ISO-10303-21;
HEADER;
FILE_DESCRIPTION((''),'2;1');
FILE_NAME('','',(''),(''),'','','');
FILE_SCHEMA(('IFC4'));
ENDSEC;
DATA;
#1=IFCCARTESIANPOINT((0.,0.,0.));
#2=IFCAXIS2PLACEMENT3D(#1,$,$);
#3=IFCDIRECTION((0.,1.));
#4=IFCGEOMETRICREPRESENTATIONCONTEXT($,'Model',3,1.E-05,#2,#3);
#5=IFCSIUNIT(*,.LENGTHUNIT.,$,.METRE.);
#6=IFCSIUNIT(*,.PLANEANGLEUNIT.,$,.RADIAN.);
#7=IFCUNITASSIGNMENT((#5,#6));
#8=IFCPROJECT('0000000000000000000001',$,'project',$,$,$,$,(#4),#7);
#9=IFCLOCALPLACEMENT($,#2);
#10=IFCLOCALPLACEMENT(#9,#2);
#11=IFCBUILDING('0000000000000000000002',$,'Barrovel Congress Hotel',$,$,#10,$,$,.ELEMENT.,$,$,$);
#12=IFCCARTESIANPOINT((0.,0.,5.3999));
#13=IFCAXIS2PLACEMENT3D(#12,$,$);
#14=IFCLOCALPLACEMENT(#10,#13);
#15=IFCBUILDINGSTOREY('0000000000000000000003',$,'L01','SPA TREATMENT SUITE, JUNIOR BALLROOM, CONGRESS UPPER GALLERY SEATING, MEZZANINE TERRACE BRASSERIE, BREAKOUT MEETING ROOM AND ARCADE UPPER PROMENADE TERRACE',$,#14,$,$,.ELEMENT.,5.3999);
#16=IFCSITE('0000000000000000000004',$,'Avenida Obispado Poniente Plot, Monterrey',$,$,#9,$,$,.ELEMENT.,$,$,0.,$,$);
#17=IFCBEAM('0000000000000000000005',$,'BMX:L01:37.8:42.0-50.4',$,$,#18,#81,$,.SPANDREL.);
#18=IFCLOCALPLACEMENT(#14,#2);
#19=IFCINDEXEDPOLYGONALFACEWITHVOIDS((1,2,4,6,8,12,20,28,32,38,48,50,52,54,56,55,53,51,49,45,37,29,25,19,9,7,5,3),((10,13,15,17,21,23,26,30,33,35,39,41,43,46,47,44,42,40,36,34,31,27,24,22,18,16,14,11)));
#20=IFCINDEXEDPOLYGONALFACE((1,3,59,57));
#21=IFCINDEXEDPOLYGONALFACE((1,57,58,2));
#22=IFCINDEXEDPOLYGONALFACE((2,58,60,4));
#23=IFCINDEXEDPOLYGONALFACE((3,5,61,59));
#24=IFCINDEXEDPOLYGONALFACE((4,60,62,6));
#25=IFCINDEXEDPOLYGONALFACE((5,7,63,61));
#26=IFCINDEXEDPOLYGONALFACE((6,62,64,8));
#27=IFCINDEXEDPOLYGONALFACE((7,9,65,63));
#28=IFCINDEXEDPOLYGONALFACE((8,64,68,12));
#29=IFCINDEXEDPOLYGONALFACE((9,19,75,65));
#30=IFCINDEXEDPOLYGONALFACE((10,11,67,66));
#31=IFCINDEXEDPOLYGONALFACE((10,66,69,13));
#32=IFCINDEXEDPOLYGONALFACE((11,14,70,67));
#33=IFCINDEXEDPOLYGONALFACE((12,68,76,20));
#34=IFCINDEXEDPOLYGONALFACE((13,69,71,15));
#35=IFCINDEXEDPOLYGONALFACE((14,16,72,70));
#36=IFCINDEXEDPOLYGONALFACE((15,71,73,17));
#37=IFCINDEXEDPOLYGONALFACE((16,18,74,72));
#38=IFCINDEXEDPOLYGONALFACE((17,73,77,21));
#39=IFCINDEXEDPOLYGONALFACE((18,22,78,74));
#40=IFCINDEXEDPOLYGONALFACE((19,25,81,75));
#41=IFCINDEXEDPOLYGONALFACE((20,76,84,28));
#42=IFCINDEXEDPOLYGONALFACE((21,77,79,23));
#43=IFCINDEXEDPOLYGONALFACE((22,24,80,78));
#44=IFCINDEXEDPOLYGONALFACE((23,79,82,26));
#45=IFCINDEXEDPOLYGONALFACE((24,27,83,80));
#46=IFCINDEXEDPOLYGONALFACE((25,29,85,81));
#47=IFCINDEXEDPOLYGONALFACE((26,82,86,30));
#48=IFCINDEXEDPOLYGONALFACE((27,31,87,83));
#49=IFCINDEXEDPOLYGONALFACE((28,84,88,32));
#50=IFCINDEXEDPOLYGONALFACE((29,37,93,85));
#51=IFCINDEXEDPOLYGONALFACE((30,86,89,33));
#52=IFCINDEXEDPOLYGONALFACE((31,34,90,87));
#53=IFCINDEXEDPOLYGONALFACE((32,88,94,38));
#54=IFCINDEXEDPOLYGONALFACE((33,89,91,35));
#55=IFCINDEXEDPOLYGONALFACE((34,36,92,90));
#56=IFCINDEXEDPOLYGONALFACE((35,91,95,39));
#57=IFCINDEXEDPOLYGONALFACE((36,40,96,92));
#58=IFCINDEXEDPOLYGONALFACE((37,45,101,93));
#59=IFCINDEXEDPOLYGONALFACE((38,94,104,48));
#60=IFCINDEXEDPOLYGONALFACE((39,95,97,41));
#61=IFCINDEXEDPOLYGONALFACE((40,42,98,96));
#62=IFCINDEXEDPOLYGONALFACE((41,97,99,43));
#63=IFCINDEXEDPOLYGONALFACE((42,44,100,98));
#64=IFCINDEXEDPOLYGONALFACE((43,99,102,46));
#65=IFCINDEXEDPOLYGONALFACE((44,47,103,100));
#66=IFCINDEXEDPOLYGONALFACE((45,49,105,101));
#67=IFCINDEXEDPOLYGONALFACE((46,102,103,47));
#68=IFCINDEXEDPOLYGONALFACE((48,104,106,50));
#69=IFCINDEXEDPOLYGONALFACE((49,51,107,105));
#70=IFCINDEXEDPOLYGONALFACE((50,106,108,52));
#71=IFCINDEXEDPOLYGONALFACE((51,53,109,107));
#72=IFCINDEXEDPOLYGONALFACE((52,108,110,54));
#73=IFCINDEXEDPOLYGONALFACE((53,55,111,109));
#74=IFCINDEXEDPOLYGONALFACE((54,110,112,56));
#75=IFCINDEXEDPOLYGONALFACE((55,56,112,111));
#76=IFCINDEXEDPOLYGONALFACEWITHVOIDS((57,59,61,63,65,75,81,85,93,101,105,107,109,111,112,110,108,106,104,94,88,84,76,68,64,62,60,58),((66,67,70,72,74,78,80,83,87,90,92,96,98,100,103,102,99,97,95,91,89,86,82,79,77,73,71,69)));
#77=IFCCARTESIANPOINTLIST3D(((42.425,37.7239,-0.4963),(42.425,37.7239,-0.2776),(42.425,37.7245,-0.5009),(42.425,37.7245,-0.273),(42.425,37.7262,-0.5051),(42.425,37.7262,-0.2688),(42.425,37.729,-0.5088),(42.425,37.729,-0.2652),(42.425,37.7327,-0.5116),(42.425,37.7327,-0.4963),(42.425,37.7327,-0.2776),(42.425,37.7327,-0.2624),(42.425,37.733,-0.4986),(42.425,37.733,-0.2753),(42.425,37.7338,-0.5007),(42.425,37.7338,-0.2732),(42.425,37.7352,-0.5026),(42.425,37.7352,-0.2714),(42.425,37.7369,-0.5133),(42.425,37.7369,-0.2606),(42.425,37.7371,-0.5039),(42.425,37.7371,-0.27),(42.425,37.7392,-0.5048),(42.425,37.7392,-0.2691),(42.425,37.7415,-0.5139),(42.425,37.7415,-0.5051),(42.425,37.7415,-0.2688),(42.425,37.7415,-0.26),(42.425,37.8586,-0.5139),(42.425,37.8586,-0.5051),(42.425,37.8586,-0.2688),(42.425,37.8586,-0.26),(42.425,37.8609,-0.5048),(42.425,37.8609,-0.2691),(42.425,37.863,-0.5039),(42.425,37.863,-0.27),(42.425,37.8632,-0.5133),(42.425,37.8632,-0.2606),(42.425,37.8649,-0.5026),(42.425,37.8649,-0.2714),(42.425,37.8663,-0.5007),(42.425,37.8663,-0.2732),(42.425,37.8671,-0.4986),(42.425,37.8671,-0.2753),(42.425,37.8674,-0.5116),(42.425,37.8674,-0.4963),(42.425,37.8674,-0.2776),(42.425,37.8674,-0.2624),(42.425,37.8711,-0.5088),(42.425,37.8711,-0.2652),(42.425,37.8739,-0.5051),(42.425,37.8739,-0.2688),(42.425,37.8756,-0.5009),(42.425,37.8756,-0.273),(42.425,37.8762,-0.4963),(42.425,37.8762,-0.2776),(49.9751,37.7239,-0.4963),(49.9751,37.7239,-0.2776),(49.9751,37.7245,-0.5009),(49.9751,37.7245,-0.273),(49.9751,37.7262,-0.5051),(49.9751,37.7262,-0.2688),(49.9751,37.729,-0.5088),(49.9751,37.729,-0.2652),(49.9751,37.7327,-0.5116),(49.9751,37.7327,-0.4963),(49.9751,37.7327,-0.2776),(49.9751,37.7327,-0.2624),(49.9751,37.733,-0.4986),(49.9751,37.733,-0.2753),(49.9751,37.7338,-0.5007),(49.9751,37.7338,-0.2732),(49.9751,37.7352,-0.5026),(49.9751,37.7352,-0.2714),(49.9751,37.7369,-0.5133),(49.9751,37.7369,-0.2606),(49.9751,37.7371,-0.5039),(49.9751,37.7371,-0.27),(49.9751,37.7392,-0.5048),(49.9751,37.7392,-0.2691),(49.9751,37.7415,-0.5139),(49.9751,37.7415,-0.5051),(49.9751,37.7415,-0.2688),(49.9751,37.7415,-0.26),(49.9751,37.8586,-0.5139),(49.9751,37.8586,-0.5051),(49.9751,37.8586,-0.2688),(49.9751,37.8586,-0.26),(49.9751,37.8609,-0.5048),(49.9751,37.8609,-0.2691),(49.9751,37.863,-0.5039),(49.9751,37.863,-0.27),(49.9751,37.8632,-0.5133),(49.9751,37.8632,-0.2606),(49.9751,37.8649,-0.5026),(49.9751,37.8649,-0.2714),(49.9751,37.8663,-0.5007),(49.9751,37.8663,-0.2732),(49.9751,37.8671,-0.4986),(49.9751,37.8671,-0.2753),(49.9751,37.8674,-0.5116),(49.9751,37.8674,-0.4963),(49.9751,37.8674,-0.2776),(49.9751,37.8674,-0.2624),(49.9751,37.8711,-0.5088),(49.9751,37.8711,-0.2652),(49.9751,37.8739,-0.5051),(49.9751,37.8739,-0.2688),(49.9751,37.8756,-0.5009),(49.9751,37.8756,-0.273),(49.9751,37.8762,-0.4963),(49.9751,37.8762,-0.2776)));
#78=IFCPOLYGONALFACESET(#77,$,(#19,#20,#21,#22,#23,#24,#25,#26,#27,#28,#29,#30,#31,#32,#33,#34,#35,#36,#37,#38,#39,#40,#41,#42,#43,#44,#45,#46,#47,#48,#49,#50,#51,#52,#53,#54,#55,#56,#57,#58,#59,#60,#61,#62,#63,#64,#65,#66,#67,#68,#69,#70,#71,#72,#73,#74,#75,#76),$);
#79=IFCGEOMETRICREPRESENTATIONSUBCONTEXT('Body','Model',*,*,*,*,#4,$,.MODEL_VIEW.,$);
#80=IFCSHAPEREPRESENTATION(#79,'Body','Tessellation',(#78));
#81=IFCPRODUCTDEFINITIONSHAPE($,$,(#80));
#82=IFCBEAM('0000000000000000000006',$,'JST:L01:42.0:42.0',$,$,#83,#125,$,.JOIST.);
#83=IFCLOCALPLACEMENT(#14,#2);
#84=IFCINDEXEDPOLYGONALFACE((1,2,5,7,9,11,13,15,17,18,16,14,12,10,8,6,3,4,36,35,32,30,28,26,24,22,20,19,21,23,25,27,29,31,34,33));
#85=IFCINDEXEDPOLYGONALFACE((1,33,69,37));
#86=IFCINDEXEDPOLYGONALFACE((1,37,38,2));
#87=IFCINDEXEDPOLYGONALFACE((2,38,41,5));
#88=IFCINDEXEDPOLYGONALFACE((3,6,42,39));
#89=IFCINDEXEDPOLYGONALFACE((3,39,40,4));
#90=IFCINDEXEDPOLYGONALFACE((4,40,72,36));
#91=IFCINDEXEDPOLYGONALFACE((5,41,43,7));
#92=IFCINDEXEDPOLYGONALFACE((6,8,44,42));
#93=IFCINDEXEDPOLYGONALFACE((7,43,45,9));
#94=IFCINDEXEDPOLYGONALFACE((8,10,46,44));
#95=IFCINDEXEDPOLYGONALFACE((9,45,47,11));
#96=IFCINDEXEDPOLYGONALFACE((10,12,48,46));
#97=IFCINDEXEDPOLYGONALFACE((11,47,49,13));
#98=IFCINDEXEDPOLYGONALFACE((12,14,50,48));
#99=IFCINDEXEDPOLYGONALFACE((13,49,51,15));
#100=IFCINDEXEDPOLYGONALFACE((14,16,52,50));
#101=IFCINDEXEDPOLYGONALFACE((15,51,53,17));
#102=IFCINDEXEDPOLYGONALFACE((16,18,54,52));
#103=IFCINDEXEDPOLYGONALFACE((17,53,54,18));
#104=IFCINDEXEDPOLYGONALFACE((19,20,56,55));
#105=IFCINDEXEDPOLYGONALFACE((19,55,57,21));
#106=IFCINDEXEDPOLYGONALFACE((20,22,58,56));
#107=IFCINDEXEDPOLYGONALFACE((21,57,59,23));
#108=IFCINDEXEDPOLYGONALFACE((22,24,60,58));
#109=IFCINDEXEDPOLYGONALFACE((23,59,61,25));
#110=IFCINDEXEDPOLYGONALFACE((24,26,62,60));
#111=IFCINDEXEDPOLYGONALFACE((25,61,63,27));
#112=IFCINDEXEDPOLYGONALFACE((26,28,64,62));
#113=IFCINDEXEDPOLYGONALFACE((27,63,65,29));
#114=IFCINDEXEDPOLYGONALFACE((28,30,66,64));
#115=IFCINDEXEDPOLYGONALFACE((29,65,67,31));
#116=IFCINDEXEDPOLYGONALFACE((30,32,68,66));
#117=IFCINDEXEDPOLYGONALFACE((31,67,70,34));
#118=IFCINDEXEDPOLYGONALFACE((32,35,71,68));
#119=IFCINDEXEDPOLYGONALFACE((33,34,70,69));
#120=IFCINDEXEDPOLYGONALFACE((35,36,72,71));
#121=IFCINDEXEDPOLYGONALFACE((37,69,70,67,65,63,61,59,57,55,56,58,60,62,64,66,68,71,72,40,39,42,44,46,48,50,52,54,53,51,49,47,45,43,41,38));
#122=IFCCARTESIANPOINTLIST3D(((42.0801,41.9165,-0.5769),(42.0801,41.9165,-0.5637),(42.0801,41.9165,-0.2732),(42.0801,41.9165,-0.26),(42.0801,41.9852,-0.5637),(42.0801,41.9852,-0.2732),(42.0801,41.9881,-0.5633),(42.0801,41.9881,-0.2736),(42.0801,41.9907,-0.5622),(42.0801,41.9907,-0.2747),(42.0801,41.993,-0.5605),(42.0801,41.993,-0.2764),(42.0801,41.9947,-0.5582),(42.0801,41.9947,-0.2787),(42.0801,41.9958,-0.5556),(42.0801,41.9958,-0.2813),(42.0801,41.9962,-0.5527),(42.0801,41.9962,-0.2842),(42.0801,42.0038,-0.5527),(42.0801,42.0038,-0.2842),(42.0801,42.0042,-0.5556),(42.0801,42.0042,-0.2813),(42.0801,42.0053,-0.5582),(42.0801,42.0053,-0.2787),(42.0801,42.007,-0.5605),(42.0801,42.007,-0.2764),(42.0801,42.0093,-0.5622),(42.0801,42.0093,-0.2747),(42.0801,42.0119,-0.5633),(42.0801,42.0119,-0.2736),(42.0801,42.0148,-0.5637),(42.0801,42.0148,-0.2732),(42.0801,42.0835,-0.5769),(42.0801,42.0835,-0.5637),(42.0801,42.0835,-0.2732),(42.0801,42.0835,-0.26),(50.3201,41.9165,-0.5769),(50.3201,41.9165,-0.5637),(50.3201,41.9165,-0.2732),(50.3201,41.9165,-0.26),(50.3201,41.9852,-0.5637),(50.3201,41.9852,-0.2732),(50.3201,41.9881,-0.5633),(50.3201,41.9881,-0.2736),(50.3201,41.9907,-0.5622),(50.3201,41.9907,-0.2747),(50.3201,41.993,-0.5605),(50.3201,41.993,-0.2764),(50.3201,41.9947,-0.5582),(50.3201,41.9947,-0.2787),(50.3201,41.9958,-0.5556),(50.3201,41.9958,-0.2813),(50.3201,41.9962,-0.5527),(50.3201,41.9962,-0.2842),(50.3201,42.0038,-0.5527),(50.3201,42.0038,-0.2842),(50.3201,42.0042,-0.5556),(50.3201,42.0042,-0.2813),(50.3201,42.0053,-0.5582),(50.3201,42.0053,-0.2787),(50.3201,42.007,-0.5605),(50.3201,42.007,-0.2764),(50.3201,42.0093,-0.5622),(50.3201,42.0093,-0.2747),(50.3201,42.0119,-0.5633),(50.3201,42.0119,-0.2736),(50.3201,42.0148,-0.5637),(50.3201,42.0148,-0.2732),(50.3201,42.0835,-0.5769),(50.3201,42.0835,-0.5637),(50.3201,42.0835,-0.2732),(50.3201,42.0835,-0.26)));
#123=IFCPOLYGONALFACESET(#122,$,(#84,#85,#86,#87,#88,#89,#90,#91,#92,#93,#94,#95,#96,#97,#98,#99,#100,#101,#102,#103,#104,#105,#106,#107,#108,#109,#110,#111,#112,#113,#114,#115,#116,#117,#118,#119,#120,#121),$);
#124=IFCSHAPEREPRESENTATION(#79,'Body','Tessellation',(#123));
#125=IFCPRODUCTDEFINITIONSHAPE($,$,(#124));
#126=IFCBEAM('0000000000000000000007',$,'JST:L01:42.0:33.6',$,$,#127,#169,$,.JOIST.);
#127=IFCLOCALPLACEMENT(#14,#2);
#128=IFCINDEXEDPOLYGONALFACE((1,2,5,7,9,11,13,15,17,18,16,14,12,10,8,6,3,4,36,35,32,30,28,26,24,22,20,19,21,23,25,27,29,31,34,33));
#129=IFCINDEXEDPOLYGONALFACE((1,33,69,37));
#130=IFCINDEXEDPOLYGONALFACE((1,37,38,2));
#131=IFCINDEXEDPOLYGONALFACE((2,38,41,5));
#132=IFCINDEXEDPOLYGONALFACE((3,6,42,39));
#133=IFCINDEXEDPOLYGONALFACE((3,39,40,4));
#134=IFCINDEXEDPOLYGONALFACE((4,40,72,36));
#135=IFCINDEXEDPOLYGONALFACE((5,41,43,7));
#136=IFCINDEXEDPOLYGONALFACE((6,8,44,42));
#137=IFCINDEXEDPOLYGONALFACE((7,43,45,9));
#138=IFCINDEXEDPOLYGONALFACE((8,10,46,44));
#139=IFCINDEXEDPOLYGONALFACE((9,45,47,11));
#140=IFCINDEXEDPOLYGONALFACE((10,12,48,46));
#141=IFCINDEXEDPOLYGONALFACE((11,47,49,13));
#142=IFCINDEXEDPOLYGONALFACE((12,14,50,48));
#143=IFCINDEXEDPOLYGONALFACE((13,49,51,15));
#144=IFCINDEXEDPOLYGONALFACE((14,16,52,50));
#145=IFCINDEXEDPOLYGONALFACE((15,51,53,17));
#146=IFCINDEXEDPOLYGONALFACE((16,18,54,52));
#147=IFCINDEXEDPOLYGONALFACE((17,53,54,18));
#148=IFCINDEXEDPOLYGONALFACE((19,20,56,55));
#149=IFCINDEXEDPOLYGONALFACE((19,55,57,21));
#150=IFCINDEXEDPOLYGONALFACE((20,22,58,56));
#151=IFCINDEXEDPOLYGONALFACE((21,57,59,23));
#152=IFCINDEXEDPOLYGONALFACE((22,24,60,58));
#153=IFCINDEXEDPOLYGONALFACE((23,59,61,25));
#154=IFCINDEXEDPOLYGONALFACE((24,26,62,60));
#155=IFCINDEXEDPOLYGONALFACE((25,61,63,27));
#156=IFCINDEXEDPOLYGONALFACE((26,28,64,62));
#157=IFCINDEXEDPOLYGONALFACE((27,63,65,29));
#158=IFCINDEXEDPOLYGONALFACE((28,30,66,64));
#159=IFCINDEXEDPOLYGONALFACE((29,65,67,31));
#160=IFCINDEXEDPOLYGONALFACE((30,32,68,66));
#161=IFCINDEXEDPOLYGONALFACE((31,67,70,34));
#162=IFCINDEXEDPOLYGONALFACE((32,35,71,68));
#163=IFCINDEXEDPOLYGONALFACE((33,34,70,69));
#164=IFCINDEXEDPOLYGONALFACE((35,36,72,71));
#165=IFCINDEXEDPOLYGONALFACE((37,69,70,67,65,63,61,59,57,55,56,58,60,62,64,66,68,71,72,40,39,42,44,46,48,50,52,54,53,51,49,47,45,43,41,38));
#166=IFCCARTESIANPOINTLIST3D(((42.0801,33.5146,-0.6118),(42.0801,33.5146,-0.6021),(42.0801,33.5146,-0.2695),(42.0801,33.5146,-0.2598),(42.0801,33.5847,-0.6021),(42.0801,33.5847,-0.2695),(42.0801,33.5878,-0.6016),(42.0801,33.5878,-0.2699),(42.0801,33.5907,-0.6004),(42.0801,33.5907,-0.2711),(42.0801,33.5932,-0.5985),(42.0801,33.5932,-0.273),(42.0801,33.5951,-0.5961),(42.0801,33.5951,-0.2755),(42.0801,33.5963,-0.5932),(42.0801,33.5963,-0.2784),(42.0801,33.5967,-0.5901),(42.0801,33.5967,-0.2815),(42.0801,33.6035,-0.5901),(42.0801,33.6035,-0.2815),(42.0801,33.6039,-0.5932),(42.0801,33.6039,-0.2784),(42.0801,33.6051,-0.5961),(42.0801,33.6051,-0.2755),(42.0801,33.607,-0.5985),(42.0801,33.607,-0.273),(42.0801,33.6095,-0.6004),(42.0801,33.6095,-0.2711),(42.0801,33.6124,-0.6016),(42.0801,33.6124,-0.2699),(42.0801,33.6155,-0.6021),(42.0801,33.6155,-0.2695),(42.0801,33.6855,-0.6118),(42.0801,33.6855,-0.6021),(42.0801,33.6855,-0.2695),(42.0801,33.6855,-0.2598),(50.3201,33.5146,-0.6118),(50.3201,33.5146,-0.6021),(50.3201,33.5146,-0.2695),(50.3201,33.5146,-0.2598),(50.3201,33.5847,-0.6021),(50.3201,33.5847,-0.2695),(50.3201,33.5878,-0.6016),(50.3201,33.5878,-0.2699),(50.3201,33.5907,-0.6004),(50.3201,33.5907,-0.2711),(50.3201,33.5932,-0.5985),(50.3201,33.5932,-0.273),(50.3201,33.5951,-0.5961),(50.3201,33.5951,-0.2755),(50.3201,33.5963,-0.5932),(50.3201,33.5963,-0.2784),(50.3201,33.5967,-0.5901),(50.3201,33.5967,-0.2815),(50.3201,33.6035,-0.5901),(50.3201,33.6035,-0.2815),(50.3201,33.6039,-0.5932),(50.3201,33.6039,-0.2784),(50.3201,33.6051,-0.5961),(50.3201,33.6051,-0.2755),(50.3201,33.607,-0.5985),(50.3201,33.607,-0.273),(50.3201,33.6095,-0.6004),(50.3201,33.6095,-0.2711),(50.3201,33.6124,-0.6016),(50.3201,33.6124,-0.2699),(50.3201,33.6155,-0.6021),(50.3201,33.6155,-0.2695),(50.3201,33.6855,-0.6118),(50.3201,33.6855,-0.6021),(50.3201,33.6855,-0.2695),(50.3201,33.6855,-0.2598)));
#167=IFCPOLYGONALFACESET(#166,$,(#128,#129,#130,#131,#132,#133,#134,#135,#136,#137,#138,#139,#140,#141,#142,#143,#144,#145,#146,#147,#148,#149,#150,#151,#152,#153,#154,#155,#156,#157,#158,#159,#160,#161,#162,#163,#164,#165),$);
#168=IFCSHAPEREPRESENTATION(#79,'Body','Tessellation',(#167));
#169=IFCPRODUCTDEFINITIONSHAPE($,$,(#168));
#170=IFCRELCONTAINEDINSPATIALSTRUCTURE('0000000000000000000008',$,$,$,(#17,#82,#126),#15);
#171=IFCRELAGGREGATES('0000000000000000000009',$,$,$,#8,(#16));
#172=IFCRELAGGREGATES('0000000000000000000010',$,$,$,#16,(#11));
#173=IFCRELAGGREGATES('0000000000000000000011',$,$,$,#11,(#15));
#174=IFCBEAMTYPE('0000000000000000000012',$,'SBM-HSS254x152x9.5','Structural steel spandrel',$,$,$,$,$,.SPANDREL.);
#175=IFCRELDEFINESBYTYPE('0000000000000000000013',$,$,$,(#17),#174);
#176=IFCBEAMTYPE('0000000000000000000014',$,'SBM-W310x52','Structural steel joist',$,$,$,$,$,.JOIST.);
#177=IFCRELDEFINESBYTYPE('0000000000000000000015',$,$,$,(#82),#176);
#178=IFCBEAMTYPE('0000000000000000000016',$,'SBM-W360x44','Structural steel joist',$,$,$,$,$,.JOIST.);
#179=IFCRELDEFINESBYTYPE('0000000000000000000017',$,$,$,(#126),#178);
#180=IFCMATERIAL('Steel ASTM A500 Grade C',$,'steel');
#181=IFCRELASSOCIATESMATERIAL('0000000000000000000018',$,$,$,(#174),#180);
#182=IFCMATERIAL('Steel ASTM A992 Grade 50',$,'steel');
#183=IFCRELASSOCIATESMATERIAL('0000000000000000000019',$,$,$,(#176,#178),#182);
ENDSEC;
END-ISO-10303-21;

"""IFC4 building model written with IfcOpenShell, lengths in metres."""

from ifc_helpers import new_model, si_unit, direction, frame, origin, origin_2d, place, context, subcontext, project, spatial, hollow_rectangle, i_section, extrude, material, material_profile, profile_set, type_object, element, save


model = new_model("IFC4")

# Units and contexts
model_context = context("Model", 3, precision=1e-05, world=origin(), true_north=direction((0.0, 1.0)))
body_context = subcontext(model_context, "Body", "Model", "MODEL_VIEW")
ifc_project = project(units=[si_unit("LENGTHUNIT", "METRE"), si_unit("PLANEANGLEUNIT", "RADIAN")], contexts=[model_context])

# Site, building, storey
site_placement = place(None, origin())
site = spatial("IfcSite", under=ifc_project, at=site_placement, Name="Avenida Obispado Poniente Plot, Monterrey", CompositionType="ELEMENT", RefElevation=0.0)
building_placement = place(site_placement, origin())
building = spatial("IfcBuilding", under=site, at=building_placement, Name="Barrovel Congress Hotel", CompositionType="ELEMENT")
storey_placement = place(building_placement, frame((0.0, 0.0, 5.3999)))
storey = spatial("IfcBuildingStorey", under=building, at=storey_placement, Name="L01", Description="SPA TREATMENT SUITE, JUNIOR BALLROOM, CONGRESS UPPER GALLERY SEATING, MEZZANINE TERRACE BRASSERIE, BREAKOUT MEETING ROOM AND ARCADE UPPER PROMENADE TERRACE", CompositionType="ELEMENT", Elevation=5.3999)

# Beams
ifc_material_1 = material(Name="Steel ASTM A500 Grade C", Category="steel")
ifc_material_profile_1 = material_profile(ifc_material_1, hollow_rectangle(XDim=0.1523, YDim=0.2539, WallThickness=0.0088, InnerFilletRadius=0.0088, OuterFilletRadius=0.0176, at=origin_2d()), Name="HSS254x152x9.5")
ifc_profile_set_1 = profile_set([ifc_material_profile_1], Name="Steel ASTM A500 Grade C")
beam_type_1 = type_object("IfcBeamType", Name="SBM-HSS254x152x9.5", Description="Structural steel spandrel", PredefinedType="SPANDREL", material=ifc_profile_set_1)
beam_1_placement = place(storey_placement, frame((42.425, 37.8, -0.387), z_axis=(1.0, 0.0, 0.0), x_axis=(0.0, 1.0, 0.0)))
element("IfcBeam", 1, at=beam_1_placement, inside=storey, type_object=beam_type_1, Name="BMX:L01:37.8:42.0-50.4", PredefinedType="SPANDREL", context=body_context, shape_type="SweptSolid", body=[
    extrude(hollow_rectangle(XDim=0.1523, YDim=0.2539, WallThickness=0.0088, InnerFilletRadius=0.0088, OuterFilletRadius=0.0176, at=origin_2d()), origin(), (0.0, 0.0, 1.0), 7.55),
])
ifc_material_2 = material(Name="Steel ASTM A992 Grade 50", Category="steel")
ifc_material_profile_2 = material_profile(ifc_material_2, i_section(OverallWidth=0.167, OverallDepth=0.3169, WebThickness=0.0076, FlangeThickness=0.0132, FilletRadius=0.011, at=origin_2d()), Name="W310x52")
ifc_profile_set_2 = profile_set([ifc_material_profile_2], Name="Steel ASTM A992 Grade 50")
beam_type_2 = type_object("IfcBeamType", Name="SBM-W310x52", Description="Structural steel joist", PredefinedType="JOIST", material=ifc_profile_set_2)
beam_2_placement = place(storey_placement, frame((42.0801, 42.0, -0.4185), z_axis=(1.0, 0.0, 0.0), x_axis=(0.0, 1.0, 0.0)))
element("IfcBeam", 2, at=beam_2_placement, inside=storey, type_object=beam_type_2, Name="JST:L01:42.0:42.0", PredefinedType="JOIST", context=body_context, shape_type="SweptSolid", body=[
    extrude(i_section(OverallWidth=0.167, OverallDepth=0.3169, WebThickness=0.0076, FlangeThickness=0.0132, FilletRadius=0.011, at=origin_2d()), origin(), (0.0, 0.0, 1.0), 8.24),
])
ifc_material_profile_3 = material_profile(ifc_material_2, i_section(OverallWidth=0.1709, OverallDepth=0.3521, WebThickness=0.0068, FlangeThickness=0.0098, FilletRadius=0.012, at=origin_2d()), Name="W360x44")
ifc_profile_set_3 = profile_set([ifc_material_profile_3], Name="Steel ASTM A992 Grade 50")
beam_type_3 = type_object("IfcBeamType", Name="SBM-W360x44", Description="Structural steel joist", PredefinedType="JOIST", material=ifc_profile_set_3)
beam_3_placement = place(storey_placement, frame((42.0801, 33.6001, -0.4358), z_axis=(1.0, 0.0, 0.0), x_axis=(0.0, 1.0, 0.0)))
element("IfcBeam", 3, at=beam_3_placement, inside=storey, type_object=beam_type_3, Name="JST:L01:42.0:33.6", PredefinedType="JOIST", context=body_context, shape_type="SweptSolid", body=[
    extrude(i_section(OverallWidth=0.1709, OverallDepth=0.3521, WebThickness=0.0068, FlangeThickness=0.0098, FilletRadius=0.012, at=origin_2d()), origin(), (0.0, 0.0, 1.0), 8.24),
])

save(model, "model.ifc")
